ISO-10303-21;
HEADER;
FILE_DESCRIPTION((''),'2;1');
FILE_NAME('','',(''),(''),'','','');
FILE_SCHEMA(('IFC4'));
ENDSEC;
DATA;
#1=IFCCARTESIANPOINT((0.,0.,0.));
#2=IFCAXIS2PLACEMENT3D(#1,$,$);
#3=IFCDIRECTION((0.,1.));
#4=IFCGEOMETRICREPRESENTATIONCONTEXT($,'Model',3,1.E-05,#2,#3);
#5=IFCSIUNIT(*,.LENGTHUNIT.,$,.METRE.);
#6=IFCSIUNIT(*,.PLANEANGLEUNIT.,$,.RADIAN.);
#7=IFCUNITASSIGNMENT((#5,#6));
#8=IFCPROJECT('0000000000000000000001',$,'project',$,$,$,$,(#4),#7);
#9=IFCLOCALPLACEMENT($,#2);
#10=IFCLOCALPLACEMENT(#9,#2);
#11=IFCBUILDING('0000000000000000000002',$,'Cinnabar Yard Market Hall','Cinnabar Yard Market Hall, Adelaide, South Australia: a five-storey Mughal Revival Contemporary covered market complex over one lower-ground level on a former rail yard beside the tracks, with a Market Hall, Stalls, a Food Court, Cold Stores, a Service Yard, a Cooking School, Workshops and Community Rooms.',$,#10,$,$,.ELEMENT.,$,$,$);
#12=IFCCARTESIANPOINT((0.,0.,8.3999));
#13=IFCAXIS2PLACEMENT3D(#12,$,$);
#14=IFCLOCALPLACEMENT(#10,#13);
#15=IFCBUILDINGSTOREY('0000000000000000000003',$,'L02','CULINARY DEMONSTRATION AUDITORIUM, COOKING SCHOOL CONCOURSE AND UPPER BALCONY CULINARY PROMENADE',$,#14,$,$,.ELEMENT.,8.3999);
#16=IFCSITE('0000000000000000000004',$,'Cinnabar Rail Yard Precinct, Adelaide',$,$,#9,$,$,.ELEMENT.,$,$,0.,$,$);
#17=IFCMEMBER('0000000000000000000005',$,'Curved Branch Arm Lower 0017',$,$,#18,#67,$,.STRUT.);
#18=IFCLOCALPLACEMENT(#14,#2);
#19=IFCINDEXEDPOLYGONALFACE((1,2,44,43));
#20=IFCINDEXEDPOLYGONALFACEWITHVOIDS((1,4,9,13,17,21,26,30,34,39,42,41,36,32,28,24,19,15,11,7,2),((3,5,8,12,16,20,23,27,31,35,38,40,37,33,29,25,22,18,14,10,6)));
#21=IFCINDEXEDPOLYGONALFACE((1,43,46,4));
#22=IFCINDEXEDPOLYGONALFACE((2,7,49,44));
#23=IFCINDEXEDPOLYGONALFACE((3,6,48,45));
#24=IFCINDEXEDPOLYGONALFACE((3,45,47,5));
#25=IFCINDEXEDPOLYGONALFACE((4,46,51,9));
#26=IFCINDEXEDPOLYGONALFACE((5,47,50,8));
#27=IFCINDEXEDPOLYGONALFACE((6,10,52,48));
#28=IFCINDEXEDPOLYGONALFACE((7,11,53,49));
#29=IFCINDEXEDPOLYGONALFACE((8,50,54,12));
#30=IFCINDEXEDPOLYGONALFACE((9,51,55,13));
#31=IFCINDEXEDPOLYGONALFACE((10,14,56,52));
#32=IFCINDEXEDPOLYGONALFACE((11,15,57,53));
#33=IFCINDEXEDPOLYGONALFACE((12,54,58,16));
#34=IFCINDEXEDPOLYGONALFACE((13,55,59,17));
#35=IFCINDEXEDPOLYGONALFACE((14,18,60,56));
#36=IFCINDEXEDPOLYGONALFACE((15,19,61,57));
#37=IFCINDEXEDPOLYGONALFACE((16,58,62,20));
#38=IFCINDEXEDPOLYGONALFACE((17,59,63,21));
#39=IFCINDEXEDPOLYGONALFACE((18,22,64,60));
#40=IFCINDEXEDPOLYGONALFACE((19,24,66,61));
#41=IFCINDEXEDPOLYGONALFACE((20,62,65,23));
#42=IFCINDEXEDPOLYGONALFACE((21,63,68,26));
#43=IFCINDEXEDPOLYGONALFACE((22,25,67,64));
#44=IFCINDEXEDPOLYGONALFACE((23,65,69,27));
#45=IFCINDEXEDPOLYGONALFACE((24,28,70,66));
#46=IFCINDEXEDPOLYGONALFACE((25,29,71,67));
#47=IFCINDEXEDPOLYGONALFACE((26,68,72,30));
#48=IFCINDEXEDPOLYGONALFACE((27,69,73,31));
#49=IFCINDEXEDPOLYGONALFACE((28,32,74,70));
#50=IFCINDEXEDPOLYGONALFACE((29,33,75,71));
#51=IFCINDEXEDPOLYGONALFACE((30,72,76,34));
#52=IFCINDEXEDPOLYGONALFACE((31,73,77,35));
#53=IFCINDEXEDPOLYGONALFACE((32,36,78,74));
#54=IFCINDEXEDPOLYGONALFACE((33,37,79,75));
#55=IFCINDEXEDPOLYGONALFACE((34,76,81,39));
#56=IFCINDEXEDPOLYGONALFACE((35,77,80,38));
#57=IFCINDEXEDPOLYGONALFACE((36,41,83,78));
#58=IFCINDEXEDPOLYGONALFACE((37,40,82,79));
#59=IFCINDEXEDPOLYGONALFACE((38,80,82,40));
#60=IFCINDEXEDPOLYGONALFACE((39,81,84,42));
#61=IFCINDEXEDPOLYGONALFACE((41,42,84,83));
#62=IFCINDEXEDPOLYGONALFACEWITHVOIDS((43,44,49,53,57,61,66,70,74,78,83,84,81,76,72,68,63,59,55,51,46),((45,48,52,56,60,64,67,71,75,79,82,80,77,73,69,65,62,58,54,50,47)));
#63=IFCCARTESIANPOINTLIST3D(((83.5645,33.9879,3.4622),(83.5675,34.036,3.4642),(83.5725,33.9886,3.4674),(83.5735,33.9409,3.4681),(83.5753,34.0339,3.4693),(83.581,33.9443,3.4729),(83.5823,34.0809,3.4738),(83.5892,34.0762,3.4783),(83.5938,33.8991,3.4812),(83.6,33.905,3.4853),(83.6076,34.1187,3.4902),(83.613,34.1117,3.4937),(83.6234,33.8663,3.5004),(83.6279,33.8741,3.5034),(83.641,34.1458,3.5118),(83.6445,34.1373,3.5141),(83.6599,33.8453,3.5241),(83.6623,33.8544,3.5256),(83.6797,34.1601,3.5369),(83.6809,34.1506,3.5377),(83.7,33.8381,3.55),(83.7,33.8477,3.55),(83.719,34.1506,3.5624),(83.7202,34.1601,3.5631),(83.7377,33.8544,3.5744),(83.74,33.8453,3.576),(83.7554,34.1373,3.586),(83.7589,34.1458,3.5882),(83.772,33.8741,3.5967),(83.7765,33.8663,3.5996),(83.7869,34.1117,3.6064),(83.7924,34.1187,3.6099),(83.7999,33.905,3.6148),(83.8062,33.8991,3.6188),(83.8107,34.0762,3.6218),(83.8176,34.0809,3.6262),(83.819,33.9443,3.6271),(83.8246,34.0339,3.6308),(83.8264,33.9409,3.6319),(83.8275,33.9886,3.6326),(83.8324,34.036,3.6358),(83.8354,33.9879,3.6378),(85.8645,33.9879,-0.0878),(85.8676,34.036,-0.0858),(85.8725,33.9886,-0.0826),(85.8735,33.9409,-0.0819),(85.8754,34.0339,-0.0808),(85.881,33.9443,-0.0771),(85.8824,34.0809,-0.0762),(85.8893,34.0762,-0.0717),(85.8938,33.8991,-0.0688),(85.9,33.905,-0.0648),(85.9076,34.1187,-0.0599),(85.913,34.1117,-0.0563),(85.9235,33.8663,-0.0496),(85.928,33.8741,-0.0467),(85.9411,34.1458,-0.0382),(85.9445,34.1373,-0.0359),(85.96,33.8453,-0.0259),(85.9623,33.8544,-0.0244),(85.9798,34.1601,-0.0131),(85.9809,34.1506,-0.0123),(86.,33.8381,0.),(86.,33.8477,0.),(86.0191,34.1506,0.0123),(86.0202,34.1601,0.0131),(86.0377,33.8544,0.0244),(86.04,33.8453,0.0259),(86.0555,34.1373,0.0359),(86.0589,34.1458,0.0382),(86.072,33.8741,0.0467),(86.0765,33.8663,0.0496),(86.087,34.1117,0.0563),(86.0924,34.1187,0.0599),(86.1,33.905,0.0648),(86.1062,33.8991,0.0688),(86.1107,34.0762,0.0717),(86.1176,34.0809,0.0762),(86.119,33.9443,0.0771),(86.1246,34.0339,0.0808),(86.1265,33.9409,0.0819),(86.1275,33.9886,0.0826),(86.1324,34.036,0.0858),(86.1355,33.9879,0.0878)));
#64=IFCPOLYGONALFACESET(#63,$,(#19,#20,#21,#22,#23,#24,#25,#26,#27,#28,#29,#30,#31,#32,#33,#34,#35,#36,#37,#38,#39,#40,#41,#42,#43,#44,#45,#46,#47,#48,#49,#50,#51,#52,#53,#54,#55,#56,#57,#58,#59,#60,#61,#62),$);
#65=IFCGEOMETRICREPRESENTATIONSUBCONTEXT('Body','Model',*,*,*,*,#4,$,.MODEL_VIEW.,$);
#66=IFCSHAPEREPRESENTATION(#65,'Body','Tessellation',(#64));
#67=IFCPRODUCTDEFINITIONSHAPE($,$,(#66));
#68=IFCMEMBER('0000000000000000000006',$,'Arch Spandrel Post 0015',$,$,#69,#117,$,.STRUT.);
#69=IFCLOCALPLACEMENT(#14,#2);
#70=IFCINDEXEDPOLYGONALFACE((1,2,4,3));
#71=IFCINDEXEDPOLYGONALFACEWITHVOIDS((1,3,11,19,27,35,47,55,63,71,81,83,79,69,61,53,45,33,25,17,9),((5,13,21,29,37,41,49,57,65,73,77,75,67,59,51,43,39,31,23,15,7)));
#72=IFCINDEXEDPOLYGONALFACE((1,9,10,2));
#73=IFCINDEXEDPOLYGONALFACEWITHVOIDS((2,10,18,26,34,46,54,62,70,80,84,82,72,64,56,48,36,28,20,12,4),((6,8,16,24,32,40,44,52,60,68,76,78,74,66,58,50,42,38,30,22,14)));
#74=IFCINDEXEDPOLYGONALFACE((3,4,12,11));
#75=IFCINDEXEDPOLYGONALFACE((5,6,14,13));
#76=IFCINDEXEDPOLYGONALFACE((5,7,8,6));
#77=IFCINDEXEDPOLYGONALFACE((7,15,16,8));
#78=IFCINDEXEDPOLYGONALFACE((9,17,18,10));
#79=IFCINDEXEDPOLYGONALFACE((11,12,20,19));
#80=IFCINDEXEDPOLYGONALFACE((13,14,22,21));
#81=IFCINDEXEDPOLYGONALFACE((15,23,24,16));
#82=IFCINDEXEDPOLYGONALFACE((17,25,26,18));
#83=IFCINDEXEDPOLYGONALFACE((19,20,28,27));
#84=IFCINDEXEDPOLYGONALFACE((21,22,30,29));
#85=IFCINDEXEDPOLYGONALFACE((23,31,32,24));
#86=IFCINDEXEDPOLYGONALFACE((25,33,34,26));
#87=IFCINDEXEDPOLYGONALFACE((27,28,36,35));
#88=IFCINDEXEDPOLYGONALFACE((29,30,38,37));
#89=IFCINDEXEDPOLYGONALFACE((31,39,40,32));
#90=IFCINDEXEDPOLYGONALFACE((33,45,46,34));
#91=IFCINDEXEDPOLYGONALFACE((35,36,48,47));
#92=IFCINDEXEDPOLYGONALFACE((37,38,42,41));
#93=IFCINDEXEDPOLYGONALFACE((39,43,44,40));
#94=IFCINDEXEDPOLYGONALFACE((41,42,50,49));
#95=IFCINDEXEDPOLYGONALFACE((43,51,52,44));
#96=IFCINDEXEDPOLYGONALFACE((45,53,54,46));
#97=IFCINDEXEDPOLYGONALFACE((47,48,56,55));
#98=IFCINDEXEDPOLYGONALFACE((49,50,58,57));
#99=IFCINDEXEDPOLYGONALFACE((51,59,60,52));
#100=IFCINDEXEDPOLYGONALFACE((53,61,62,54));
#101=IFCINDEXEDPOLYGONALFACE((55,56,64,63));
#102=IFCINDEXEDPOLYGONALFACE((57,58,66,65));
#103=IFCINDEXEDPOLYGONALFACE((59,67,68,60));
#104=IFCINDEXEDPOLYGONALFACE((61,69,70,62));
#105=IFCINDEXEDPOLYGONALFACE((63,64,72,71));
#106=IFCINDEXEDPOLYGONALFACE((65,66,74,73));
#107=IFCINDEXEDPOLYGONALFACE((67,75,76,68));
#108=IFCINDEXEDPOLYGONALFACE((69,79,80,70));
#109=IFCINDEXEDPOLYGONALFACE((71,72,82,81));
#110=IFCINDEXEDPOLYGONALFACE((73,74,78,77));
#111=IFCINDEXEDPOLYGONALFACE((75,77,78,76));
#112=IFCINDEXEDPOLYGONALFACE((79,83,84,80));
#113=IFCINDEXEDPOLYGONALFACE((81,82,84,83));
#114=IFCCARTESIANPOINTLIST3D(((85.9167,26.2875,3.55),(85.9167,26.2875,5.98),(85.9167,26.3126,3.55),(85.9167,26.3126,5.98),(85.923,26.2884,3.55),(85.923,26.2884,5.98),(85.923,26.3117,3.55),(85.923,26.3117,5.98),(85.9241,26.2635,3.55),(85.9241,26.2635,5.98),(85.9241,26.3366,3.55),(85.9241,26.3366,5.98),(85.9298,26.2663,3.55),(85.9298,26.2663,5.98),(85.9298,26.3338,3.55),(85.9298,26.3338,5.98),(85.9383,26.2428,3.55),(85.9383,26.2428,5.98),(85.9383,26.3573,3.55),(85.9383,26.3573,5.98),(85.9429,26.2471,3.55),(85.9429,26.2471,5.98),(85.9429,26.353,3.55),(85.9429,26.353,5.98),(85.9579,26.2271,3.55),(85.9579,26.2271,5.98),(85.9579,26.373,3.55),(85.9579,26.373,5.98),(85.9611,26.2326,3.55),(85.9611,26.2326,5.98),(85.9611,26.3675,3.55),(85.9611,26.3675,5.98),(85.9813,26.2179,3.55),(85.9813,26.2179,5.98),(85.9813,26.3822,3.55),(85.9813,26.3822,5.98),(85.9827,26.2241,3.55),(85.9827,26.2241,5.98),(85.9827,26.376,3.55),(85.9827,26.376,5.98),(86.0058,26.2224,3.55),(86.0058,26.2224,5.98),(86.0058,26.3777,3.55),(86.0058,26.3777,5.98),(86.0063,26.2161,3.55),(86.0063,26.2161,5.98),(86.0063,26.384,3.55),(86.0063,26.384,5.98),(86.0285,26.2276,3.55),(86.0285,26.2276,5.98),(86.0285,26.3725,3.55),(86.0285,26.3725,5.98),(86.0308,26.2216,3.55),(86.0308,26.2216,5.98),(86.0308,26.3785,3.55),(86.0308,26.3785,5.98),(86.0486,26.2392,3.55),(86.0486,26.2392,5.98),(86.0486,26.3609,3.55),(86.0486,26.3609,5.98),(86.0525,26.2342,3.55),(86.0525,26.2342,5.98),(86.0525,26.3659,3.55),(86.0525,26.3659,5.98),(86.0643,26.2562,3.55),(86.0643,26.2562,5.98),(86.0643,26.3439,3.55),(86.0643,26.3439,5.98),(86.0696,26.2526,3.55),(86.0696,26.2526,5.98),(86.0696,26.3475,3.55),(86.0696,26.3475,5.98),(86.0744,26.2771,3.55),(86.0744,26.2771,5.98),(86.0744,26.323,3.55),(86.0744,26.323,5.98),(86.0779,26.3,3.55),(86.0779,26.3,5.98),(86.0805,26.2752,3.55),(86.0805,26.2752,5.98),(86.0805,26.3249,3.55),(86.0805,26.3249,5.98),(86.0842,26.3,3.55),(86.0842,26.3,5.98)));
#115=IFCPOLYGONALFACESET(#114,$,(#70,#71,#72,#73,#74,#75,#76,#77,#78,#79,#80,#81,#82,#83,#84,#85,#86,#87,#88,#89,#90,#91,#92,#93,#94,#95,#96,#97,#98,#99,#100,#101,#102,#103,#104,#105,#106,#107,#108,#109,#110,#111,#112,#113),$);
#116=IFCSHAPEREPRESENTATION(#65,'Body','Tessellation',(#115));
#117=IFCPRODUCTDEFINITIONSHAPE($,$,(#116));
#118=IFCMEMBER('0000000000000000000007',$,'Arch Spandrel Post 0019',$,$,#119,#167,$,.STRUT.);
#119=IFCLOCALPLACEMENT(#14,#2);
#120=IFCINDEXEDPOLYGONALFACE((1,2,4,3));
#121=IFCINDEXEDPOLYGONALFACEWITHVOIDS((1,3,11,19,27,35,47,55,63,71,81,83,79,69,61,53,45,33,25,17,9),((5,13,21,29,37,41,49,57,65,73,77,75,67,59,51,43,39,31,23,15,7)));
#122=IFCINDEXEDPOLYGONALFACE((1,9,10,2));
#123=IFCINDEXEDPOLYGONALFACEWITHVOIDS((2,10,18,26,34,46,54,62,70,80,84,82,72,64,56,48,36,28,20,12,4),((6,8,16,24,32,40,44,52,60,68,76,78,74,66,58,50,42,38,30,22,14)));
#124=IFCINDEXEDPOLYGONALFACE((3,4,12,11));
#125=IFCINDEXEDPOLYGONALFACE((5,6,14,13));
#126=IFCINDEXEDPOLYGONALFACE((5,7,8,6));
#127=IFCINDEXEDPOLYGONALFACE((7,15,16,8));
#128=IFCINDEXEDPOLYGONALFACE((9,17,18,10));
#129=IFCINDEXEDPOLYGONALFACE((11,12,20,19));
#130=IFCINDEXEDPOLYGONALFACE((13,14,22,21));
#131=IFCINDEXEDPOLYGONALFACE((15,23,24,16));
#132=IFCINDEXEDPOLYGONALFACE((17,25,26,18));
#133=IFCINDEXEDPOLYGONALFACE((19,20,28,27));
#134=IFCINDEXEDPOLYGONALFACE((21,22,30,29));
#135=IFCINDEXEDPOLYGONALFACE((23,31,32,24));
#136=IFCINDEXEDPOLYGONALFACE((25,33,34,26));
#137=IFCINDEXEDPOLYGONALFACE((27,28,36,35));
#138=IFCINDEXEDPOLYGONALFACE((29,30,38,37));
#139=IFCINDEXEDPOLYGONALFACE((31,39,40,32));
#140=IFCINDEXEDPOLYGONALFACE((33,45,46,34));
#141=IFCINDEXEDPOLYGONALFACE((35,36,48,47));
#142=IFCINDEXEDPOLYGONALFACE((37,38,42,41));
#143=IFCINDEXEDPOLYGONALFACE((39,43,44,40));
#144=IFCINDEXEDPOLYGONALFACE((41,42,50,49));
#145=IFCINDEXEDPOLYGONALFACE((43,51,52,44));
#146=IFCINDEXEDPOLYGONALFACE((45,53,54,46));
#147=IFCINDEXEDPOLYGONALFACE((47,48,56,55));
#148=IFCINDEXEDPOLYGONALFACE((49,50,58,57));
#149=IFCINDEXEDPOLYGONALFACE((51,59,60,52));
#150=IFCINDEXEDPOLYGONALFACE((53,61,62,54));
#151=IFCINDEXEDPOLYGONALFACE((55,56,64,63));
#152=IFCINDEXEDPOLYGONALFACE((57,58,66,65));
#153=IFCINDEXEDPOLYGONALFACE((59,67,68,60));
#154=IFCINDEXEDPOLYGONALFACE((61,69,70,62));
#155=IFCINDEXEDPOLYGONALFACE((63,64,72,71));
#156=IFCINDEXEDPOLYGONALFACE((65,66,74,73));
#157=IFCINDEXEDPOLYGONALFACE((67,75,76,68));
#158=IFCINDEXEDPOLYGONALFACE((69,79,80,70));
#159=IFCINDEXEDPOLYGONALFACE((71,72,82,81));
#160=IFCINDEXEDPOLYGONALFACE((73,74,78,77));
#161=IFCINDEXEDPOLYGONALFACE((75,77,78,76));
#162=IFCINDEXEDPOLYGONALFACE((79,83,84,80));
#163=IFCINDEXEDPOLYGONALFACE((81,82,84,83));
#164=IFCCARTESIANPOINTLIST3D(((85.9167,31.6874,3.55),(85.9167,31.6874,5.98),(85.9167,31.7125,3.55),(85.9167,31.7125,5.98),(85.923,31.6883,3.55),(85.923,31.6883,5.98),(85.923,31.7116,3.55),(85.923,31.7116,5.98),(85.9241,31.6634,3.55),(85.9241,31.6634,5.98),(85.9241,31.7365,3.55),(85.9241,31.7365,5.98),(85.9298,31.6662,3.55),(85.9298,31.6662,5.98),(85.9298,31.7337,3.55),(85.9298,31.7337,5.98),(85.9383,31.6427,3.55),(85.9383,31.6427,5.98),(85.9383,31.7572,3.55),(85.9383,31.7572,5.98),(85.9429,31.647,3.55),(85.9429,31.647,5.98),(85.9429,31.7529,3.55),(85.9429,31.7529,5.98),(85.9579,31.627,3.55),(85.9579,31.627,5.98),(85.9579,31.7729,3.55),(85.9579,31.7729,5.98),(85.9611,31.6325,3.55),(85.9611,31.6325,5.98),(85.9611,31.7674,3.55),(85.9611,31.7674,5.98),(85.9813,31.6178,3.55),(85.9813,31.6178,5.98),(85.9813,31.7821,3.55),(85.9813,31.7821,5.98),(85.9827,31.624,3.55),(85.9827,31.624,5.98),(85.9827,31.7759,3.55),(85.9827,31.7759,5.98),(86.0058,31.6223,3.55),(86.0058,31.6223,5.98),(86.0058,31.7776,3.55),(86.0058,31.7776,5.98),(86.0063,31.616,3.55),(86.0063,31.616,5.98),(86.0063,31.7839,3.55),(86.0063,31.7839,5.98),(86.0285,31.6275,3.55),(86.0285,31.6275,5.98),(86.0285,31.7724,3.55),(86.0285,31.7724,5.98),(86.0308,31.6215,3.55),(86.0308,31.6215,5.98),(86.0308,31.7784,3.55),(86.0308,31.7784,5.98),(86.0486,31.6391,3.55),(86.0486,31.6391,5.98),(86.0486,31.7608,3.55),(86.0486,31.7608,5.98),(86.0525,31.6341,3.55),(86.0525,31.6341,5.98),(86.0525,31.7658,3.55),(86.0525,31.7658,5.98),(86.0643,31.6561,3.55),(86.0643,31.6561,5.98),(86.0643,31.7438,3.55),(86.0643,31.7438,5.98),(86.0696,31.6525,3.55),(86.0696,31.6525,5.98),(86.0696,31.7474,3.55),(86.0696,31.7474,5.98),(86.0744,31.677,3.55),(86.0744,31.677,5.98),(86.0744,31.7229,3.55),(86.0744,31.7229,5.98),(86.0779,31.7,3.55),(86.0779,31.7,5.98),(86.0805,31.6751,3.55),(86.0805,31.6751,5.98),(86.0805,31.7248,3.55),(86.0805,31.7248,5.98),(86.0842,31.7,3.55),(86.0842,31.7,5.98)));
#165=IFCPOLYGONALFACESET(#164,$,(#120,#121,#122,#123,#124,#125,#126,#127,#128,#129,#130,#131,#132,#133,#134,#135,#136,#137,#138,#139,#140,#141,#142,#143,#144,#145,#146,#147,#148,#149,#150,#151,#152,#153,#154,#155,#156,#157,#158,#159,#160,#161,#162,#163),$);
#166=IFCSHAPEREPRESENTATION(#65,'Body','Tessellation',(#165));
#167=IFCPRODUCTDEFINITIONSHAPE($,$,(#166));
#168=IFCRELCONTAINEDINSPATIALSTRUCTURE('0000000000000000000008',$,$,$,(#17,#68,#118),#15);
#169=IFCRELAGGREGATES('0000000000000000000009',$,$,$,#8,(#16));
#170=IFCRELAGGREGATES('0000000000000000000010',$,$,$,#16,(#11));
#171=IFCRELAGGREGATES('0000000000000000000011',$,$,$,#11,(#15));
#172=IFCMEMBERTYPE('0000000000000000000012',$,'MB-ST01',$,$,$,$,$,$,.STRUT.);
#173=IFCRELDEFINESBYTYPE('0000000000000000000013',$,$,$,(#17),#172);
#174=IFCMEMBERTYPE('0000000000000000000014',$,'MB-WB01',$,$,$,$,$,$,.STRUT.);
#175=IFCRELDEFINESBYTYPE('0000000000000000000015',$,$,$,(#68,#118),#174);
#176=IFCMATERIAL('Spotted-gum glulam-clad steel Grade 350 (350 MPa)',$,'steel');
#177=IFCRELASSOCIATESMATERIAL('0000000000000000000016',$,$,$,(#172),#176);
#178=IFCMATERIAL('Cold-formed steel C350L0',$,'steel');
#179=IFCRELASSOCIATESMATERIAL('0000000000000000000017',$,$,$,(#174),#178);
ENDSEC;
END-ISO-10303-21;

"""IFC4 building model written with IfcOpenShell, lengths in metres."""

from ifc_helpers import new_model, si_unit, direction, frame, origin, origin_2d_with_axis, place, context, subcontext, project, spatial, hollow_circle, extrude, material, material_profile, profile_set, type_object, element, save


model = new_model("IFC4")

# Units and contexts
model_context = context("Model", 3, precision=1e-05, world=origin(), true_north=direction((0.0, 1.0)))
body_context = subcontext(model_context, "Body", "Model", "MODEL_VIEW")
ifc_project = project(units=[si_unit("LENGTHUNIT", "METRE"), si_unit("PLANEANGLEUNIT", "RADIAN")], contexts=[model_context])

# Site, building, storey
site_placement = place(None, origin())
site = spatial("IfcSite", under=ifc_project, at=site_placement, Name="Cinnabar Rail Yard Precinct, Adelaide", CompositionType="ELEMENT", RefElevation=0.0)
building_placement = place(site_placement, origin())
building = spatial("IfcBuilding", under=site, at=building_placement, Name="Cinnabar Yard Market Hall", Description="Cinnabar Yard Market Hall, Adelaide, South Australia: a five-storey Mughal Revival Contemporary covered market complex over one lower-ground level on a former rail yard beside the tracks, with a Market Hall, Stalls, a Food Court, Cold Stores, a Service Yard, a Cooking School, Workshops and Community Rooms.", CompositionType="ELEMENT")
storey_placement = place(building_placement, frame((0.0, 0.0, 8.3999)))
storey = spatial("IfcBuildingStorey", under=building, at=storey_placement, Name="L02", Description="CULINARY DEMONSTRATION AUDITORIUM, COOKING SCHOOL CONCOURSE AND UPPER BALCONY CULINARY PROMENADE", CompositionType="ELEMENT", Elevation=8.3999)

# Shared definitions
ifc_material_1 = material(Name="Spotted-gum glulam-clad steel Grade 350 (350 MPa)", Category="steel")

# Members
ifc_material_profile_1 = material_profile(ifc_material_1, hollow_circle(Radius=0.1619, WallThickness=0.0095, at=origin_2d_with_axis()), Name="323.9x9.5CHS")
ifc_profile_set_1 = profile_set([ifc_material_profile_1], Name="Spotted-gum glulam-clad steel Grade 350 (350 MPa)")
member_type_1 = type_object("IfcMemberType", Name="MB-ST01", PredefinedType="STRUT", material=ifc_profile_set_1)
for number, where, z_axis, x_axis, name in (
    (1, (86.0, 34.0, 0.0), (-0.543744, 0.0, 0.839251), (0.0, -1.0, 0.0), "Curved Branch Arm Lower 0017"),
):
    element("IfcMember", number, at=place(storey_placement, frame(where, z_axis=z_axis, x_axis=x_axis)), inside=storey, type_object=member_type_1, Name=name, PredefinedType="STRUT", context=body_context, shape_type="SweptSolid", body=[
        extrude(hollow_circle(Radius=0.1619, WallThickness=0.0095, at=origin_2d_with_axis()), origin(), (0.0, 0.0, 1.0), 4.23),
    ])
ifc_material_2 = material(Name="Cold-formed steel C350L0", Category="steel")
ifc_material_profile_2 = material_profile(ifc_material_2, hollow_circle(Radius=0.0842, WallThickness=0.0063, at=origin_2d_with_axis()), Name="168.3x6.4CHS")
ifc_profile_set_2 = profile_set([ifc_material_profile_2], Name="Cold-formed steel C350L0")
member_type_2 = type_object("IfcMemberType", Name="MB-WB01", PredefinedType="STRUT", material=ifc_profile_set_2)
for number, where, z_axis, x_axis, name in (
    (2, (86.0, 26.3, 3.55), (0.0, 0.0, 1.0), (1.0, 0.0, 0.0), "Arch Spandrel Post 0015"),
    (3, (86.0, 31.7, 3.55), (0.0, 0.0, 1.0), (1.0, 0.0, 0.0), "Arch Spandrel Post 0019"),
):
    element("IfcMember", number, at=place(storey_placement, frame(where, z_axis=z_axis, x_axis=x_axis)), inside=storey, type_object=member_type_2, Name=name, PredefinedType="STRUT", context=body_context, shape_type="SweptSolid", body=[
        extrude(hollow_circle(Radius=0.0842, WallThickness=0.0063, at=origin_2d_with_axis()), origin(), (0.0, 0.0, 1.0), 2.4299),
    ])

save(model, "model.ifc")
